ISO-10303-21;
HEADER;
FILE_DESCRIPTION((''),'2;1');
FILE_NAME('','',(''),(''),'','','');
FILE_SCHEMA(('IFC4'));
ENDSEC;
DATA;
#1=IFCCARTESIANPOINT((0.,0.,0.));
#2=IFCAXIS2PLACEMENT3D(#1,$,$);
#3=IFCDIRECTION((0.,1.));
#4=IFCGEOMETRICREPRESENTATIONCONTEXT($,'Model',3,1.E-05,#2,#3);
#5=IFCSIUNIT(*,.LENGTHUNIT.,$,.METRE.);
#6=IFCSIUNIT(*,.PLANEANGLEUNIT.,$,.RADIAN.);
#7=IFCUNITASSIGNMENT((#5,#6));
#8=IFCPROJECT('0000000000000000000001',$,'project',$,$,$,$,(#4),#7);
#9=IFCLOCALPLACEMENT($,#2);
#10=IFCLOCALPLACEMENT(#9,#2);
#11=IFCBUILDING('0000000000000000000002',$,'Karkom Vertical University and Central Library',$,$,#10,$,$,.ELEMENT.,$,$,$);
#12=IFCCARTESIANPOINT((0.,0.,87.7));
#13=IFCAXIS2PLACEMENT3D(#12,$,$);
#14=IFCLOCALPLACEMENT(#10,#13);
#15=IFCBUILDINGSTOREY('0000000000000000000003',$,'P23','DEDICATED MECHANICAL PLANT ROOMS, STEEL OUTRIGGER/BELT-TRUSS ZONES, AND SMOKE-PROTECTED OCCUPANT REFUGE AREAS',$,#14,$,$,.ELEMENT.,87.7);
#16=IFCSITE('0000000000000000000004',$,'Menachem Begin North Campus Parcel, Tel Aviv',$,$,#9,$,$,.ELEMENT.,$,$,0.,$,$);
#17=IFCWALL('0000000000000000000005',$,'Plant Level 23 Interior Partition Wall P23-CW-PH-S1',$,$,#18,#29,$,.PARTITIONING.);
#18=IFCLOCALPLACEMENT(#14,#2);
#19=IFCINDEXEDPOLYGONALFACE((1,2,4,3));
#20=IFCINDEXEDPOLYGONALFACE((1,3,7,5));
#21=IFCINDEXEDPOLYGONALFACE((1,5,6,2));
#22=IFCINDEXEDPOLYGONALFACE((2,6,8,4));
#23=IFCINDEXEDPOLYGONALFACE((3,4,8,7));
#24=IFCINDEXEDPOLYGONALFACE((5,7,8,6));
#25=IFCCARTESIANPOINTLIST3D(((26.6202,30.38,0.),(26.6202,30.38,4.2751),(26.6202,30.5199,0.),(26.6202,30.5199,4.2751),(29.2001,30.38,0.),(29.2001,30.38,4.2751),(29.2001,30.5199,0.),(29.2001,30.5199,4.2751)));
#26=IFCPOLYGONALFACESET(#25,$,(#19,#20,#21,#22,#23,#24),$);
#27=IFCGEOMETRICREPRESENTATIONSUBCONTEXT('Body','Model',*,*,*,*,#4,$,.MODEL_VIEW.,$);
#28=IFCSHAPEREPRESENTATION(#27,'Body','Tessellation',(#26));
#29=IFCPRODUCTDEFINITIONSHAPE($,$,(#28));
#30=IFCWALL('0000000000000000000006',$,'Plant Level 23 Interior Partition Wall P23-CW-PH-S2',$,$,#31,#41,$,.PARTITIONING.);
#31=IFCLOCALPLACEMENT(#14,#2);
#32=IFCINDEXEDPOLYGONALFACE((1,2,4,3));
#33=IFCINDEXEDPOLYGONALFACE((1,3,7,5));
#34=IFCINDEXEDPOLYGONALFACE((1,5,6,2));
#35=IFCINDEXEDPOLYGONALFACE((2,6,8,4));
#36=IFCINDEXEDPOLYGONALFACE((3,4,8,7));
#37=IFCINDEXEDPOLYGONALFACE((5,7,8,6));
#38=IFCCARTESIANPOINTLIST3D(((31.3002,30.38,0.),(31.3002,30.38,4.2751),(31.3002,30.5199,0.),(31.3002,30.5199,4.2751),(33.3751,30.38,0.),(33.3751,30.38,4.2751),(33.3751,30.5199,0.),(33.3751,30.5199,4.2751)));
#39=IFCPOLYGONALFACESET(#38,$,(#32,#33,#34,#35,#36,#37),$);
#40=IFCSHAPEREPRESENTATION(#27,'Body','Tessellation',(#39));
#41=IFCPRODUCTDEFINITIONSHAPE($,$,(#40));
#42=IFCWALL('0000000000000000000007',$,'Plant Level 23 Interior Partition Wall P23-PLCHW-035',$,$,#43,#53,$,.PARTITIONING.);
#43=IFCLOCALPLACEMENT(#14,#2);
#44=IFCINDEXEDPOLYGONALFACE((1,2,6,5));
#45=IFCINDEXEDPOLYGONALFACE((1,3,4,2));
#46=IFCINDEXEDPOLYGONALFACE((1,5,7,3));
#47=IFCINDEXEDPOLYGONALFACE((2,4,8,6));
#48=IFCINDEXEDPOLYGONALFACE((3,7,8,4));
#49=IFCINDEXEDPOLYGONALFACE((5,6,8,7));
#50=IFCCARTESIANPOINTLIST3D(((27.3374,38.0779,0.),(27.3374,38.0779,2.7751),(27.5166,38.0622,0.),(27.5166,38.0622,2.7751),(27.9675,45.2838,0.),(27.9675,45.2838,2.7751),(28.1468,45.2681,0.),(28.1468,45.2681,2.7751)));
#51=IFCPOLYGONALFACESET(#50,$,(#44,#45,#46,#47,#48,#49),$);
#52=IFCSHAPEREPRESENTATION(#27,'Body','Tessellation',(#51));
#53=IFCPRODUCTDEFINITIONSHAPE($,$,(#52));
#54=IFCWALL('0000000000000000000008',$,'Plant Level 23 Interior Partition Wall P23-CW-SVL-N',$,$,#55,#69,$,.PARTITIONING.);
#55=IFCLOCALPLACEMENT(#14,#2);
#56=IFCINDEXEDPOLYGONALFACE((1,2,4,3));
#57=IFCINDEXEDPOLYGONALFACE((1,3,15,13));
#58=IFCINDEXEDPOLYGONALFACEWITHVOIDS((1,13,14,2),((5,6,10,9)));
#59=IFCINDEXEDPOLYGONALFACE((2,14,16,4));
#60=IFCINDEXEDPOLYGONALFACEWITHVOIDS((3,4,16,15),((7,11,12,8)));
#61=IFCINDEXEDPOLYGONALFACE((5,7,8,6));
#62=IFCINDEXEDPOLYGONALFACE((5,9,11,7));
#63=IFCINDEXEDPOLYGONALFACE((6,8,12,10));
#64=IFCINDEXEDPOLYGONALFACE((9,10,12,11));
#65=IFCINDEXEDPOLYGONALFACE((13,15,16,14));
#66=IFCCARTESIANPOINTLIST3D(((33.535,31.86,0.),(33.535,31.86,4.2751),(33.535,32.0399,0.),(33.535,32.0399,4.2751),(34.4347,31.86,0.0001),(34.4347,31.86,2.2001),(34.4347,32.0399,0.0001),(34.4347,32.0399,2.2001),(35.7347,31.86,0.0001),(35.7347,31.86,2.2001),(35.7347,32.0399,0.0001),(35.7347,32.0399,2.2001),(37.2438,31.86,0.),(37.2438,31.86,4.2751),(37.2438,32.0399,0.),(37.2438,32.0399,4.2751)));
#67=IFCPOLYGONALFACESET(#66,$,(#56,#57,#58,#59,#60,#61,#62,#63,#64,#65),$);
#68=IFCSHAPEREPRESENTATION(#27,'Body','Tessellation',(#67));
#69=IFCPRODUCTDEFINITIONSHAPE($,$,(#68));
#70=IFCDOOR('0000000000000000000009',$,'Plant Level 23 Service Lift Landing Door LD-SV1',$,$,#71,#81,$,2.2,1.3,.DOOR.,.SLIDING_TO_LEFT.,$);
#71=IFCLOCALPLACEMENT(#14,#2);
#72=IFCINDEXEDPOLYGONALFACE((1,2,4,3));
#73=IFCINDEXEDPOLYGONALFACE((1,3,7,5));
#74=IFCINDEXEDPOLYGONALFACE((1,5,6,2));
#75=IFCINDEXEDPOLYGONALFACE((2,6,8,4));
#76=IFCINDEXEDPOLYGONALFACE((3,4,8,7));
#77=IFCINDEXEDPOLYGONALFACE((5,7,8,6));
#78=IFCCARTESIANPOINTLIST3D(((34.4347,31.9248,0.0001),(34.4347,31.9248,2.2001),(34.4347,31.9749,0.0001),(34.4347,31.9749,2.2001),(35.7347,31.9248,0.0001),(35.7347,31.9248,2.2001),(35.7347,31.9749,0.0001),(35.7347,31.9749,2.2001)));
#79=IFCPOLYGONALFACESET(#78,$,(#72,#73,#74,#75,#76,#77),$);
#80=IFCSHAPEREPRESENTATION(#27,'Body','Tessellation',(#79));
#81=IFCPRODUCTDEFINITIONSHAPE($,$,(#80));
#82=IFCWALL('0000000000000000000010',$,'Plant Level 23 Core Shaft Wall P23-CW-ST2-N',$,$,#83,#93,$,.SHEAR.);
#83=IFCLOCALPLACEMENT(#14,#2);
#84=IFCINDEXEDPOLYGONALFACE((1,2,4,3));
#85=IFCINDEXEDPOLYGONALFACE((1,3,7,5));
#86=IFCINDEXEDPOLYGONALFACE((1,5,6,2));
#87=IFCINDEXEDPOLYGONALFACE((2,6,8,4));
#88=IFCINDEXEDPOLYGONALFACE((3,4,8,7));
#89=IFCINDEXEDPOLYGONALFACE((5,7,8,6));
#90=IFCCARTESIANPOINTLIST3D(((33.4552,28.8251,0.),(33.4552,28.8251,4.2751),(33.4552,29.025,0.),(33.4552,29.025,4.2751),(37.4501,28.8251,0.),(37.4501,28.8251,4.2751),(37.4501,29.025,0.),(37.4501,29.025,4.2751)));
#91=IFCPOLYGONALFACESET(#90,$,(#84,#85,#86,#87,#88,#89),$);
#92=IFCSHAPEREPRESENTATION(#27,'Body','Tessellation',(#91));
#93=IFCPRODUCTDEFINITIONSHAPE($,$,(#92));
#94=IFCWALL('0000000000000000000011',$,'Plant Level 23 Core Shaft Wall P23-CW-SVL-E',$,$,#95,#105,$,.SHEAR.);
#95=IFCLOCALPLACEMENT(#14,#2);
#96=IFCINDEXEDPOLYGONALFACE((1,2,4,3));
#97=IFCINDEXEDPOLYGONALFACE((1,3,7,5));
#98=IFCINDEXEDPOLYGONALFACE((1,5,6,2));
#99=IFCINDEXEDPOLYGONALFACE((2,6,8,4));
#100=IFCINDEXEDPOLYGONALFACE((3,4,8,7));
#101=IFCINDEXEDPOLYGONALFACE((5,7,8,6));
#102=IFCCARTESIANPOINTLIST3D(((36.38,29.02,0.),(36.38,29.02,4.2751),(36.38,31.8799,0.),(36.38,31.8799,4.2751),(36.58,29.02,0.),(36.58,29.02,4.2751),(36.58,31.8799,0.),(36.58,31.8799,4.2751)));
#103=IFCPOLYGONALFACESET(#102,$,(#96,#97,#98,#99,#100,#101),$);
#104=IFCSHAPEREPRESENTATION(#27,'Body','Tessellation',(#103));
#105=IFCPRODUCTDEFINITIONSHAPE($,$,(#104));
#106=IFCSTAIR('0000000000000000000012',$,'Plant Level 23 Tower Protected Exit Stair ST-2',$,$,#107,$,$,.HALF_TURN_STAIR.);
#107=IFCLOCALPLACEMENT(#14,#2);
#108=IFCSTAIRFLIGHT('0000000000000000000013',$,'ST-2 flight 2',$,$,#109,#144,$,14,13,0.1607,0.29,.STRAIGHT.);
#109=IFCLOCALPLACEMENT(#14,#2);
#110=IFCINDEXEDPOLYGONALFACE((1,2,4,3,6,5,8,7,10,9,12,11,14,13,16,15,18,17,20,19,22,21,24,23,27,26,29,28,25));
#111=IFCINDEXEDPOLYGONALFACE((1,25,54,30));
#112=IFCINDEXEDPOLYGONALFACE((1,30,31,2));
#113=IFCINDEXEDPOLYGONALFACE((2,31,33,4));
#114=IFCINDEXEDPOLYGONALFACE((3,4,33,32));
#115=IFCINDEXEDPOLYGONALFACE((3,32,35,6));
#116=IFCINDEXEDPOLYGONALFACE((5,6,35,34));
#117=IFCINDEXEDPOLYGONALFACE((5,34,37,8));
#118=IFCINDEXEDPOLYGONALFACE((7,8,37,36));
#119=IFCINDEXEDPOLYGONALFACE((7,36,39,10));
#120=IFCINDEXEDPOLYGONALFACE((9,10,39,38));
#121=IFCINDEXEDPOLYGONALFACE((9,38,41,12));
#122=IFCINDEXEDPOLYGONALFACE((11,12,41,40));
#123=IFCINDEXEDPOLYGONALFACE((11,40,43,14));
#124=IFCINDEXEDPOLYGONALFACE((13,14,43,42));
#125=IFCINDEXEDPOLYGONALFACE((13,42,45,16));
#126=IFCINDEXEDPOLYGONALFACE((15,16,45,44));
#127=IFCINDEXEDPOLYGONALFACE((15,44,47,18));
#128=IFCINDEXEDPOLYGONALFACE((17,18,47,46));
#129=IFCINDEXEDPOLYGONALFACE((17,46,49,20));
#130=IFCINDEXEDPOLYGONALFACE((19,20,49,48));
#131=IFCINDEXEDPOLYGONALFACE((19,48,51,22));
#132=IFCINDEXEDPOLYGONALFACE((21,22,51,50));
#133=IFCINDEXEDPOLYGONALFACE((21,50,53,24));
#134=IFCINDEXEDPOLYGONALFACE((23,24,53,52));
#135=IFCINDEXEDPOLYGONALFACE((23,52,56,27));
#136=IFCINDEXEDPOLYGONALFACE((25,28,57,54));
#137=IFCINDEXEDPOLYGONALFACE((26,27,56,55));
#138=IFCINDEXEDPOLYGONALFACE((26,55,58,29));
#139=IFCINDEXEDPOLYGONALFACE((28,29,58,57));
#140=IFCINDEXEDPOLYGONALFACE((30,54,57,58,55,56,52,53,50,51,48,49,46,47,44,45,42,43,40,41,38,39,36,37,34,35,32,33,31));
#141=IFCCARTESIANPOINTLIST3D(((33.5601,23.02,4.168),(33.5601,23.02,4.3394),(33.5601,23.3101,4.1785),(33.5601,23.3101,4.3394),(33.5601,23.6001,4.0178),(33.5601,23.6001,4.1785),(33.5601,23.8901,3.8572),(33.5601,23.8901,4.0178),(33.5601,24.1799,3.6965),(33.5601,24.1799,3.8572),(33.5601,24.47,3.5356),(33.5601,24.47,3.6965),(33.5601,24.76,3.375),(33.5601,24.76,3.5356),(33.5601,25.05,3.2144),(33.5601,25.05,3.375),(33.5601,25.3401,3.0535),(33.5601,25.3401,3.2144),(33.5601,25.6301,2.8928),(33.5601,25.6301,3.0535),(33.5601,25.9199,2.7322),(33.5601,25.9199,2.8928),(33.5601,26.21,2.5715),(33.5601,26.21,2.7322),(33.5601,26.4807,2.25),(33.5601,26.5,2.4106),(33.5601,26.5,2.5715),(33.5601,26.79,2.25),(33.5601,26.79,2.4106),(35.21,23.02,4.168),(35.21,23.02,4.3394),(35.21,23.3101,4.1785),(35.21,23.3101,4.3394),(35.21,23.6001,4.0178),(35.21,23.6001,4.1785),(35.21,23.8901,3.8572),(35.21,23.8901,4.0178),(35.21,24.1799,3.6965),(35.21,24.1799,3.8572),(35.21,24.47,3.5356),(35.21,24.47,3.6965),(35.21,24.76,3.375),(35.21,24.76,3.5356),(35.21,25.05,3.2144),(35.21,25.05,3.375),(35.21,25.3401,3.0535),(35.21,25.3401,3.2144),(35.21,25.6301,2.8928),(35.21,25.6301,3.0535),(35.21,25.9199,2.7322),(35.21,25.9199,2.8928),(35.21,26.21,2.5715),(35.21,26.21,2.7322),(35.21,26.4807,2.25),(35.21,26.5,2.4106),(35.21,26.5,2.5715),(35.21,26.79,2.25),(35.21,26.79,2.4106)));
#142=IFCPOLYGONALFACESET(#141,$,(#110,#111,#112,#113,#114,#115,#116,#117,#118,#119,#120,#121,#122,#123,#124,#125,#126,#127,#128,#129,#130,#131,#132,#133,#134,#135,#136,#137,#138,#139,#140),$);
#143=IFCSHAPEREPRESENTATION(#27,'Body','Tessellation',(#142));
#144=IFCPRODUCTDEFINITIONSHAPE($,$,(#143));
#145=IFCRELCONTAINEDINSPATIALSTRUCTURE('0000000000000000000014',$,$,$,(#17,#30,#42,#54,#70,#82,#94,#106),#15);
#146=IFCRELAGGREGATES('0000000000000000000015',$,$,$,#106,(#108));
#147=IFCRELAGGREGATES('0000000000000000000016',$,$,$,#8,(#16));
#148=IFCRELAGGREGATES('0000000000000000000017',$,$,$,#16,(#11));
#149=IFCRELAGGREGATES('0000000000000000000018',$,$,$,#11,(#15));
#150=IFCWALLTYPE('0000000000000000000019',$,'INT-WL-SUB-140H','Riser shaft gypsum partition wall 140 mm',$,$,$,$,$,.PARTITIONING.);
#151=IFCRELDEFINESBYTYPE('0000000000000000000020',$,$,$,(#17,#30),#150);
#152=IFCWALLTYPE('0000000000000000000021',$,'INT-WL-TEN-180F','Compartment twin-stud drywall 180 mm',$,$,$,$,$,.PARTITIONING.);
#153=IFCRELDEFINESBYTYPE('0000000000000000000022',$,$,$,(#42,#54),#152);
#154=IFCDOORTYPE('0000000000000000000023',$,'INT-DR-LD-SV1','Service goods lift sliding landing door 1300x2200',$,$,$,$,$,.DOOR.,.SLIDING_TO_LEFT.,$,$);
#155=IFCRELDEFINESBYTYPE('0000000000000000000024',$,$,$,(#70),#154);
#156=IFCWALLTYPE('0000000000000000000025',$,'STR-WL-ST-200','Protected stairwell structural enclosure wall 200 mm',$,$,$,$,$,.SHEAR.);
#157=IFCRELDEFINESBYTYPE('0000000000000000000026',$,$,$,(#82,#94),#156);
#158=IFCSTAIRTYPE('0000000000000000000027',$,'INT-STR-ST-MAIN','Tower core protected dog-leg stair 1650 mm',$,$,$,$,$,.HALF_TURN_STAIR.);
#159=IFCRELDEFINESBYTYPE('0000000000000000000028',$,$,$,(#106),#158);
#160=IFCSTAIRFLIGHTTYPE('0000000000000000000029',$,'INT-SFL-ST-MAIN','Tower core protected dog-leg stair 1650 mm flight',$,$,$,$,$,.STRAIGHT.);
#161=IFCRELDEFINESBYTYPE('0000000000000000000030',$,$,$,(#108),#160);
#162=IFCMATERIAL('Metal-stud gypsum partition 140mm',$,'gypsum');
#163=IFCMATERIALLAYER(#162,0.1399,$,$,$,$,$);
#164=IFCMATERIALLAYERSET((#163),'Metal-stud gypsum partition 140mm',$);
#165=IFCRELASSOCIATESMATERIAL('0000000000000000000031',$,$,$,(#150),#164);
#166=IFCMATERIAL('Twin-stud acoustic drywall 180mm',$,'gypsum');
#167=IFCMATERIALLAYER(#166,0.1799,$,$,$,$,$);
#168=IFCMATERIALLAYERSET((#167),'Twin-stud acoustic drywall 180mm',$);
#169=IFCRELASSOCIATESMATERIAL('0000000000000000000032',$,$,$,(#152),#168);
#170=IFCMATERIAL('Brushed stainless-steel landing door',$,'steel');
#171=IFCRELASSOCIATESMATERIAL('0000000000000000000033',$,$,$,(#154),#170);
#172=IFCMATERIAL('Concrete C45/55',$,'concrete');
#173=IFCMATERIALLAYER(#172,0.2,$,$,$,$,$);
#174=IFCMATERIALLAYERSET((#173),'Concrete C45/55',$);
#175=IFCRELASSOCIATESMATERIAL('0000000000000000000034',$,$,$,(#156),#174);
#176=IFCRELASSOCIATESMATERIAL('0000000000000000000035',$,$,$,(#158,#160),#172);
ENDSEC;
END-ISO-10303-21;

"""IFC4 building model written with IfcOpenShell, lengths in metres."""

from ifc_helpers import new_model, si_unit, direction, frame, frame_2d, origin, origin_with_axes, place, context, subcontext, project, spatial, polyline, rectangle, outline, extrude, source, transform, mapped, material, layer, layer_set, type_object, element, fill, aggregate, save


model = new_model("IFC4")

# Units and contexts
model_context = context("Model", 3, precision=1e-05, world=origin(), true_north=direction((0.0, 1.0)))
body_context = subcontext(model_context, "Body", "Model", "MODEL_VIEW")
ifc_project = project(units=[si_unit("LENGTHUNIT", "METRE"), si_unit("PLANEANGLEUNIT", "RADIAN")], contexts=[model_context])

# Site, building, storey
site_placement = place(None, origin())
site = spatial("IfcSite", under=ifc_project, at=site_placement, Name="Menachem Begin North Campus Parcel, Tel Aviv", CompositionType="ELEMENT", RefElevation=0.0)
building_placement = place(site_placement, origin())
building = spatial("IfcBuilding", under=site, at=building_placement, Name="Karkom Vertical University and Central Library", CompositionType="ELEMENT")
storey_placement = place(building_placement, frame((0.0, 0.0, 87.7)))
storey = spatial("IfcBuildingStorey", under=building, at=storey_placement, Name="P23", Description="DEDICATED MECHANICAL PLANT ROOMS, STEEL OUTRIGGER/BELT-TRUSS ZONES, AND SMOKE-PROTECTED OCCUPANT REFUGE AREAS", CompositionType="ELEMENT", Elevation=87.7)

# Walls
ifc_material_1 = material(Name="Metal-stud gypsum partition 140mm", Category="gypsum")
ifc_layer_1 = layer(ifc_material_1, 0.1399)
ifc_layer_set_1 = layer_set([ifc_layer_1], Name="Metal-stud gypsum partition 140mm")
wall_type_1 = type_object("IfcWallType", Name="INT-WL-SUB-140H", Description="Riser shaft gypsum partition wall 140 mm", PredefinedType="PARTITIONING", material=ifc_layer_set_1)
wall_1_placement = place(storey_placement, frame((26.6201, 30.45, 0.0), z_axis=(0.0, 0.0, 1.0), x_axis=(1.0, 0.0, 0.0)))
element("IfcWall", 1, at=wall_1_placement, inside=storey, type_object=wall_type_1, Name="Plant Level 23 Interior Partition Wall P23-CW-PH-S1", PredefinedType="PARTITIONING", context=body_context, shape_type="SweptSolid", body=[
    extrude(rectangle(XDim=2.5798, YDim=0.1399, at=frame_2d((1.29, 0.0))), origin(), (0.0, 0.0, 1.0), 4.2751),
])
wall_2_placement = place(storey_placement, frame((31.3, 30.45, 0.0), z_axis=(0.0, 0.0, 1.0), x_axis=(1.0, 0.0, 0.0)))
element("IfcWall", 2, at=wall_2_placement, inside=storey, type_object=wall_type_1, Name="Plant Level 23 Interior Partition Wall P23-CW-PH-S2", PredefinedType="PARTITIONING", context=body_context, shape_type="SweptSolid", body=[
    extrude(rectangle(XDim=2.075, YDim=0.1399, at=frame_2d((1.0376, 0.0))), origin(), (0.0, 0.0, 1.0), 4.2751),
])
ifc_material_2 = material(Name="Twin-stud acoustic drywall 180mm", Category="gypsum")
ifc_layer_2 = layer(ifc_material_2, 0.1799)
ifc_layer_set_2 = layer_set([ifc_layer_2], Name="Twin-stud acoustic drywall 180mm")
wall_type_2 = type_object("IfcWallType", Name="INT-WL-TEN-180F", Description="Compartment twin-stud drywall 180 mm", PredefinedType="PARTITIONING", material=ifc_layer_set_2)
wall_3_placement = place(storey_placement, frame((27.427, 38.0701, 0.0), z_axis=(0.0, 0.0, 1.0), x_axis=(0.087115, 0.996198, 0.0)))
element("IfcWall", 3, at=wall_3_placement, inside=storey, type_object=wall_type_2, Name="Plant Level 23 Interior Partition Wall P23-PLCHW-035", PredefinedType="PARTITIONING", context=body_context, shape_type="SweptSolid", body=[
    extrude(rectangle(XDim=7.2334, YDim=0.1799, at=frame_2d((3.6167, 0.0))), origin(), (0.0, 0.0, 1.0), 2.7751),
])

# Wall, opening, door
wall_4_placement = place(storey_placement, frame((33.5349, 31.95, 0.0), z_axis=(0.0, 0.0, 1.0), x_axis=(1.0, 0.0, 0.0)))
wall_4 = element("IfcWall", 4, at=wall_4_placement, inside=storey, type_object=wall_type_2, Name="Plant Level 23 Interior Partition Wall P23-CW-SVL-N", PredefinedType="PARTITIONING", context=body_context, shape_type="SweptSolid", body=[
    extrude(rectangle(XDim=3.7087, YDim=0.1799, at=frame_2d((1.8545, 0.0))), origin(), (0.0, 0.0, 1.0), 4.2751),
])
opening_placement = place(wall_4_placement, frame((0.8999, 0.0, 0.0)))
opening = element("IfcOpeningElement", 5, at=opening_placement, cuts=wall_4, PredefinedType="OPENING", context=body_context, shape_type="SweptSolid", body=[
    extrude(rectangle(XDim=1.3, YDim=2.2, at=frame_2d((0.6499, 1.1001))), frame((0.0, 0.1001, 0.0), z_axis=(0.0, -1.0, 0.0), x_axis=(1.0, 0.0, 0.0)), (0.0, 0.0, 1.0), 0.2),
])
ifc_material_3 = material(Name="Brushed stainless-steel landing door", Category="steel")
door_type = type_object("IfcDoorType", Name="INT-DR-LD-SV1", Description="Service goods lift sliding landing door 1300x2200", OperationType="SLIDING_TO_LEFT", PredefinedType="DOOR", material=ifc_material_3)
shared_shape_1 = source(origin_with_axes(), body_context, "Body", "SweptSolid", [
    extrude(rectangle(XDim=1.3, YDim=2.2, at=frame_2d((0.6499, 1.1001))), frame((0.0, 0.0249, 0.0), z_axis=(0.0, -1.0, 0.0), x_axis=(1.0, 0.0, 0.0)), (0.0, 0.0, 1.0), 0.05),
])
door_placement = place(opening_placement, origin())
door = element("IfcDoor", 6, at=door_placement, inside=storey, type_object=door_type, Name="Plant Level 23 Service Lift Landing Door LD-SV1", OperationType="SLIDING_TO_LEFT", OverallHeight=2.2, OverallWidth=1.3, PredefinedType="DOOR", context=body_context, shape_type="MappedRepresentation", body=[
    mapped(shared_shape_1, transform((0.0, 0.0, 0.0), scale=1.0)),
])
fill(opening, door)

# Walls
ifc_material_4 = material(Name="Concrete C45/55", Category="concrete")
ifc_layer_3 = layer(ifc_material_4, 0.2)
ifc_layer_set_3 = layer_set([ifc_layer_3], Name="Concrete C45/55")
wall_type_3 = type_object("IfcWallType", Name="STR-WL-ST-200", Description="Protected stairwell structural enclosure wall 200 mm", PredefinedType="SHEAR", material=ifc_layer_set_3)
wall_5_placement = place(storey_placement, frame((33.4551, 28.925, 0.0), z_axis=(0.0, 0.0, 1.0), x_axis=(1.0, 0.0, 0.0)))
element("IfcWall", 7, at=wall_5_placement, inside=storey, type_object=wall_type_3, Name="Plant Level 23 Core Shaft Wall P23-CW-ST2-N", PredefinedType="SHEAR", context=body_context, shape_type="SweptSolid", body=[
    extrude(rectangle(XDim=3.9949, YDim=0.2, at=frame_2d((1.9976, 0.0))), origin(), (0.0, 0.0, 1.0), 4.2751),
])
wall_6_placement = place(storey_placement, frame((36.48, 29.02, 0.0), z_axis=(0.0, 0.0, 1.0), x_axis=(0.0, 1.0, 0.0)))
element("IfcWall", 8, at=wall_6_placement, inside=storey, type_object=wall_type_3, Name="Plant Level 23 Core Shaft Wall P23-CW-SVL-E", PredefinedType="SHEAR", context=body_context, shape_type="SweptSolid", body=[
    extrude(rectangle(XDim=2.8599, YDim=0.2, at=frame_2d((1.4299, 0.0))), origin(), (0.0, 0.0, 1.0), 4.2751),
])

# Stair, stair flight
stair_type = type_object("IfcStairType", Name="INT-STR-ST-MAIN", Description="Tower core protected dog-leg stair 1650 mm", PredefinedType="HALF_TURN_STAIR", material=ifc_material_4)
stair_placement = place(storey_placement, origin())
stair = element("IfcStair", 9, at=stair_placement, inside=storey, type_object=stair_type, Name="Plant Level 23 Tower Protected Exit Stair ST-2", PredefinedType="HALF_TURN_STAIR")
stair_flight_type = type_object("IfcStairFlightType", Name="INT-SFL-ST-MAIN", Description="Tower core protected dog-leg stair 1650 mm flight", PredefinedType="STRAIGHT", material=ifc_material_4)
stair_flight_placement = place(storey_placement, frame((34.385, 26.79, 2.25), z_axis=(0.0, 0.0, 1.0), x_axis=(0.0, -1.0, 0.0)))
stair_flight = element("IfcStairFlight", 10, at=stair_flight_placement, type_object=stair_flight_type, Name="ST-2 flight 2", NumberOfRisers=14, NumberOfTreads=13, PredefinedType="STRAIGHT", RiserHeight=0.1607, TreadLength=0.29, context=body_context, shape_type="SweptSolid", body=[
    extrude(outline(polyline([(0.0, 0.0), (0.0, 0.1606), (0.29, 0.1606), (0.29, 0.3215), (0.5801, 0.3215), (0.5801, 0.4822), (0.8701, 0.4822), (0.8701, 0.6428), (1.1599, 0.6428), (1.1599, 0.8035), (1.45, 0.8035), (1.45, 0.9644), (1.74, 0.9644), (1.74, 1.125), (2.03, 1.125), (2.03, 1.2856), (2.3201, 1.2856), (2.3201, 1.4465), (2.6101, 1.4465), (2.6101, 1.6072), (2.8999, 1.6072), (2.8999, 1.7678), (3.1899, 1.7678), (3.1899, 1.9285), (3.48, 1.9285), (3.48, 2.0894), (3.77, 2.0894), (3.77, 2.25), (3.77, 1.918), (0.3093, 0.0), (0.0, 0.0)])), frame((0.0, 0.825, 0.0), z_axis=(0.0, -1.0, 0.0), x_axis=(1.0, 0.0, 0.0)), (0.0, 0.0, 1.0), 1.6499),
])
aggregate(stair, [stair_flight])

save(model, "model.ifc")
